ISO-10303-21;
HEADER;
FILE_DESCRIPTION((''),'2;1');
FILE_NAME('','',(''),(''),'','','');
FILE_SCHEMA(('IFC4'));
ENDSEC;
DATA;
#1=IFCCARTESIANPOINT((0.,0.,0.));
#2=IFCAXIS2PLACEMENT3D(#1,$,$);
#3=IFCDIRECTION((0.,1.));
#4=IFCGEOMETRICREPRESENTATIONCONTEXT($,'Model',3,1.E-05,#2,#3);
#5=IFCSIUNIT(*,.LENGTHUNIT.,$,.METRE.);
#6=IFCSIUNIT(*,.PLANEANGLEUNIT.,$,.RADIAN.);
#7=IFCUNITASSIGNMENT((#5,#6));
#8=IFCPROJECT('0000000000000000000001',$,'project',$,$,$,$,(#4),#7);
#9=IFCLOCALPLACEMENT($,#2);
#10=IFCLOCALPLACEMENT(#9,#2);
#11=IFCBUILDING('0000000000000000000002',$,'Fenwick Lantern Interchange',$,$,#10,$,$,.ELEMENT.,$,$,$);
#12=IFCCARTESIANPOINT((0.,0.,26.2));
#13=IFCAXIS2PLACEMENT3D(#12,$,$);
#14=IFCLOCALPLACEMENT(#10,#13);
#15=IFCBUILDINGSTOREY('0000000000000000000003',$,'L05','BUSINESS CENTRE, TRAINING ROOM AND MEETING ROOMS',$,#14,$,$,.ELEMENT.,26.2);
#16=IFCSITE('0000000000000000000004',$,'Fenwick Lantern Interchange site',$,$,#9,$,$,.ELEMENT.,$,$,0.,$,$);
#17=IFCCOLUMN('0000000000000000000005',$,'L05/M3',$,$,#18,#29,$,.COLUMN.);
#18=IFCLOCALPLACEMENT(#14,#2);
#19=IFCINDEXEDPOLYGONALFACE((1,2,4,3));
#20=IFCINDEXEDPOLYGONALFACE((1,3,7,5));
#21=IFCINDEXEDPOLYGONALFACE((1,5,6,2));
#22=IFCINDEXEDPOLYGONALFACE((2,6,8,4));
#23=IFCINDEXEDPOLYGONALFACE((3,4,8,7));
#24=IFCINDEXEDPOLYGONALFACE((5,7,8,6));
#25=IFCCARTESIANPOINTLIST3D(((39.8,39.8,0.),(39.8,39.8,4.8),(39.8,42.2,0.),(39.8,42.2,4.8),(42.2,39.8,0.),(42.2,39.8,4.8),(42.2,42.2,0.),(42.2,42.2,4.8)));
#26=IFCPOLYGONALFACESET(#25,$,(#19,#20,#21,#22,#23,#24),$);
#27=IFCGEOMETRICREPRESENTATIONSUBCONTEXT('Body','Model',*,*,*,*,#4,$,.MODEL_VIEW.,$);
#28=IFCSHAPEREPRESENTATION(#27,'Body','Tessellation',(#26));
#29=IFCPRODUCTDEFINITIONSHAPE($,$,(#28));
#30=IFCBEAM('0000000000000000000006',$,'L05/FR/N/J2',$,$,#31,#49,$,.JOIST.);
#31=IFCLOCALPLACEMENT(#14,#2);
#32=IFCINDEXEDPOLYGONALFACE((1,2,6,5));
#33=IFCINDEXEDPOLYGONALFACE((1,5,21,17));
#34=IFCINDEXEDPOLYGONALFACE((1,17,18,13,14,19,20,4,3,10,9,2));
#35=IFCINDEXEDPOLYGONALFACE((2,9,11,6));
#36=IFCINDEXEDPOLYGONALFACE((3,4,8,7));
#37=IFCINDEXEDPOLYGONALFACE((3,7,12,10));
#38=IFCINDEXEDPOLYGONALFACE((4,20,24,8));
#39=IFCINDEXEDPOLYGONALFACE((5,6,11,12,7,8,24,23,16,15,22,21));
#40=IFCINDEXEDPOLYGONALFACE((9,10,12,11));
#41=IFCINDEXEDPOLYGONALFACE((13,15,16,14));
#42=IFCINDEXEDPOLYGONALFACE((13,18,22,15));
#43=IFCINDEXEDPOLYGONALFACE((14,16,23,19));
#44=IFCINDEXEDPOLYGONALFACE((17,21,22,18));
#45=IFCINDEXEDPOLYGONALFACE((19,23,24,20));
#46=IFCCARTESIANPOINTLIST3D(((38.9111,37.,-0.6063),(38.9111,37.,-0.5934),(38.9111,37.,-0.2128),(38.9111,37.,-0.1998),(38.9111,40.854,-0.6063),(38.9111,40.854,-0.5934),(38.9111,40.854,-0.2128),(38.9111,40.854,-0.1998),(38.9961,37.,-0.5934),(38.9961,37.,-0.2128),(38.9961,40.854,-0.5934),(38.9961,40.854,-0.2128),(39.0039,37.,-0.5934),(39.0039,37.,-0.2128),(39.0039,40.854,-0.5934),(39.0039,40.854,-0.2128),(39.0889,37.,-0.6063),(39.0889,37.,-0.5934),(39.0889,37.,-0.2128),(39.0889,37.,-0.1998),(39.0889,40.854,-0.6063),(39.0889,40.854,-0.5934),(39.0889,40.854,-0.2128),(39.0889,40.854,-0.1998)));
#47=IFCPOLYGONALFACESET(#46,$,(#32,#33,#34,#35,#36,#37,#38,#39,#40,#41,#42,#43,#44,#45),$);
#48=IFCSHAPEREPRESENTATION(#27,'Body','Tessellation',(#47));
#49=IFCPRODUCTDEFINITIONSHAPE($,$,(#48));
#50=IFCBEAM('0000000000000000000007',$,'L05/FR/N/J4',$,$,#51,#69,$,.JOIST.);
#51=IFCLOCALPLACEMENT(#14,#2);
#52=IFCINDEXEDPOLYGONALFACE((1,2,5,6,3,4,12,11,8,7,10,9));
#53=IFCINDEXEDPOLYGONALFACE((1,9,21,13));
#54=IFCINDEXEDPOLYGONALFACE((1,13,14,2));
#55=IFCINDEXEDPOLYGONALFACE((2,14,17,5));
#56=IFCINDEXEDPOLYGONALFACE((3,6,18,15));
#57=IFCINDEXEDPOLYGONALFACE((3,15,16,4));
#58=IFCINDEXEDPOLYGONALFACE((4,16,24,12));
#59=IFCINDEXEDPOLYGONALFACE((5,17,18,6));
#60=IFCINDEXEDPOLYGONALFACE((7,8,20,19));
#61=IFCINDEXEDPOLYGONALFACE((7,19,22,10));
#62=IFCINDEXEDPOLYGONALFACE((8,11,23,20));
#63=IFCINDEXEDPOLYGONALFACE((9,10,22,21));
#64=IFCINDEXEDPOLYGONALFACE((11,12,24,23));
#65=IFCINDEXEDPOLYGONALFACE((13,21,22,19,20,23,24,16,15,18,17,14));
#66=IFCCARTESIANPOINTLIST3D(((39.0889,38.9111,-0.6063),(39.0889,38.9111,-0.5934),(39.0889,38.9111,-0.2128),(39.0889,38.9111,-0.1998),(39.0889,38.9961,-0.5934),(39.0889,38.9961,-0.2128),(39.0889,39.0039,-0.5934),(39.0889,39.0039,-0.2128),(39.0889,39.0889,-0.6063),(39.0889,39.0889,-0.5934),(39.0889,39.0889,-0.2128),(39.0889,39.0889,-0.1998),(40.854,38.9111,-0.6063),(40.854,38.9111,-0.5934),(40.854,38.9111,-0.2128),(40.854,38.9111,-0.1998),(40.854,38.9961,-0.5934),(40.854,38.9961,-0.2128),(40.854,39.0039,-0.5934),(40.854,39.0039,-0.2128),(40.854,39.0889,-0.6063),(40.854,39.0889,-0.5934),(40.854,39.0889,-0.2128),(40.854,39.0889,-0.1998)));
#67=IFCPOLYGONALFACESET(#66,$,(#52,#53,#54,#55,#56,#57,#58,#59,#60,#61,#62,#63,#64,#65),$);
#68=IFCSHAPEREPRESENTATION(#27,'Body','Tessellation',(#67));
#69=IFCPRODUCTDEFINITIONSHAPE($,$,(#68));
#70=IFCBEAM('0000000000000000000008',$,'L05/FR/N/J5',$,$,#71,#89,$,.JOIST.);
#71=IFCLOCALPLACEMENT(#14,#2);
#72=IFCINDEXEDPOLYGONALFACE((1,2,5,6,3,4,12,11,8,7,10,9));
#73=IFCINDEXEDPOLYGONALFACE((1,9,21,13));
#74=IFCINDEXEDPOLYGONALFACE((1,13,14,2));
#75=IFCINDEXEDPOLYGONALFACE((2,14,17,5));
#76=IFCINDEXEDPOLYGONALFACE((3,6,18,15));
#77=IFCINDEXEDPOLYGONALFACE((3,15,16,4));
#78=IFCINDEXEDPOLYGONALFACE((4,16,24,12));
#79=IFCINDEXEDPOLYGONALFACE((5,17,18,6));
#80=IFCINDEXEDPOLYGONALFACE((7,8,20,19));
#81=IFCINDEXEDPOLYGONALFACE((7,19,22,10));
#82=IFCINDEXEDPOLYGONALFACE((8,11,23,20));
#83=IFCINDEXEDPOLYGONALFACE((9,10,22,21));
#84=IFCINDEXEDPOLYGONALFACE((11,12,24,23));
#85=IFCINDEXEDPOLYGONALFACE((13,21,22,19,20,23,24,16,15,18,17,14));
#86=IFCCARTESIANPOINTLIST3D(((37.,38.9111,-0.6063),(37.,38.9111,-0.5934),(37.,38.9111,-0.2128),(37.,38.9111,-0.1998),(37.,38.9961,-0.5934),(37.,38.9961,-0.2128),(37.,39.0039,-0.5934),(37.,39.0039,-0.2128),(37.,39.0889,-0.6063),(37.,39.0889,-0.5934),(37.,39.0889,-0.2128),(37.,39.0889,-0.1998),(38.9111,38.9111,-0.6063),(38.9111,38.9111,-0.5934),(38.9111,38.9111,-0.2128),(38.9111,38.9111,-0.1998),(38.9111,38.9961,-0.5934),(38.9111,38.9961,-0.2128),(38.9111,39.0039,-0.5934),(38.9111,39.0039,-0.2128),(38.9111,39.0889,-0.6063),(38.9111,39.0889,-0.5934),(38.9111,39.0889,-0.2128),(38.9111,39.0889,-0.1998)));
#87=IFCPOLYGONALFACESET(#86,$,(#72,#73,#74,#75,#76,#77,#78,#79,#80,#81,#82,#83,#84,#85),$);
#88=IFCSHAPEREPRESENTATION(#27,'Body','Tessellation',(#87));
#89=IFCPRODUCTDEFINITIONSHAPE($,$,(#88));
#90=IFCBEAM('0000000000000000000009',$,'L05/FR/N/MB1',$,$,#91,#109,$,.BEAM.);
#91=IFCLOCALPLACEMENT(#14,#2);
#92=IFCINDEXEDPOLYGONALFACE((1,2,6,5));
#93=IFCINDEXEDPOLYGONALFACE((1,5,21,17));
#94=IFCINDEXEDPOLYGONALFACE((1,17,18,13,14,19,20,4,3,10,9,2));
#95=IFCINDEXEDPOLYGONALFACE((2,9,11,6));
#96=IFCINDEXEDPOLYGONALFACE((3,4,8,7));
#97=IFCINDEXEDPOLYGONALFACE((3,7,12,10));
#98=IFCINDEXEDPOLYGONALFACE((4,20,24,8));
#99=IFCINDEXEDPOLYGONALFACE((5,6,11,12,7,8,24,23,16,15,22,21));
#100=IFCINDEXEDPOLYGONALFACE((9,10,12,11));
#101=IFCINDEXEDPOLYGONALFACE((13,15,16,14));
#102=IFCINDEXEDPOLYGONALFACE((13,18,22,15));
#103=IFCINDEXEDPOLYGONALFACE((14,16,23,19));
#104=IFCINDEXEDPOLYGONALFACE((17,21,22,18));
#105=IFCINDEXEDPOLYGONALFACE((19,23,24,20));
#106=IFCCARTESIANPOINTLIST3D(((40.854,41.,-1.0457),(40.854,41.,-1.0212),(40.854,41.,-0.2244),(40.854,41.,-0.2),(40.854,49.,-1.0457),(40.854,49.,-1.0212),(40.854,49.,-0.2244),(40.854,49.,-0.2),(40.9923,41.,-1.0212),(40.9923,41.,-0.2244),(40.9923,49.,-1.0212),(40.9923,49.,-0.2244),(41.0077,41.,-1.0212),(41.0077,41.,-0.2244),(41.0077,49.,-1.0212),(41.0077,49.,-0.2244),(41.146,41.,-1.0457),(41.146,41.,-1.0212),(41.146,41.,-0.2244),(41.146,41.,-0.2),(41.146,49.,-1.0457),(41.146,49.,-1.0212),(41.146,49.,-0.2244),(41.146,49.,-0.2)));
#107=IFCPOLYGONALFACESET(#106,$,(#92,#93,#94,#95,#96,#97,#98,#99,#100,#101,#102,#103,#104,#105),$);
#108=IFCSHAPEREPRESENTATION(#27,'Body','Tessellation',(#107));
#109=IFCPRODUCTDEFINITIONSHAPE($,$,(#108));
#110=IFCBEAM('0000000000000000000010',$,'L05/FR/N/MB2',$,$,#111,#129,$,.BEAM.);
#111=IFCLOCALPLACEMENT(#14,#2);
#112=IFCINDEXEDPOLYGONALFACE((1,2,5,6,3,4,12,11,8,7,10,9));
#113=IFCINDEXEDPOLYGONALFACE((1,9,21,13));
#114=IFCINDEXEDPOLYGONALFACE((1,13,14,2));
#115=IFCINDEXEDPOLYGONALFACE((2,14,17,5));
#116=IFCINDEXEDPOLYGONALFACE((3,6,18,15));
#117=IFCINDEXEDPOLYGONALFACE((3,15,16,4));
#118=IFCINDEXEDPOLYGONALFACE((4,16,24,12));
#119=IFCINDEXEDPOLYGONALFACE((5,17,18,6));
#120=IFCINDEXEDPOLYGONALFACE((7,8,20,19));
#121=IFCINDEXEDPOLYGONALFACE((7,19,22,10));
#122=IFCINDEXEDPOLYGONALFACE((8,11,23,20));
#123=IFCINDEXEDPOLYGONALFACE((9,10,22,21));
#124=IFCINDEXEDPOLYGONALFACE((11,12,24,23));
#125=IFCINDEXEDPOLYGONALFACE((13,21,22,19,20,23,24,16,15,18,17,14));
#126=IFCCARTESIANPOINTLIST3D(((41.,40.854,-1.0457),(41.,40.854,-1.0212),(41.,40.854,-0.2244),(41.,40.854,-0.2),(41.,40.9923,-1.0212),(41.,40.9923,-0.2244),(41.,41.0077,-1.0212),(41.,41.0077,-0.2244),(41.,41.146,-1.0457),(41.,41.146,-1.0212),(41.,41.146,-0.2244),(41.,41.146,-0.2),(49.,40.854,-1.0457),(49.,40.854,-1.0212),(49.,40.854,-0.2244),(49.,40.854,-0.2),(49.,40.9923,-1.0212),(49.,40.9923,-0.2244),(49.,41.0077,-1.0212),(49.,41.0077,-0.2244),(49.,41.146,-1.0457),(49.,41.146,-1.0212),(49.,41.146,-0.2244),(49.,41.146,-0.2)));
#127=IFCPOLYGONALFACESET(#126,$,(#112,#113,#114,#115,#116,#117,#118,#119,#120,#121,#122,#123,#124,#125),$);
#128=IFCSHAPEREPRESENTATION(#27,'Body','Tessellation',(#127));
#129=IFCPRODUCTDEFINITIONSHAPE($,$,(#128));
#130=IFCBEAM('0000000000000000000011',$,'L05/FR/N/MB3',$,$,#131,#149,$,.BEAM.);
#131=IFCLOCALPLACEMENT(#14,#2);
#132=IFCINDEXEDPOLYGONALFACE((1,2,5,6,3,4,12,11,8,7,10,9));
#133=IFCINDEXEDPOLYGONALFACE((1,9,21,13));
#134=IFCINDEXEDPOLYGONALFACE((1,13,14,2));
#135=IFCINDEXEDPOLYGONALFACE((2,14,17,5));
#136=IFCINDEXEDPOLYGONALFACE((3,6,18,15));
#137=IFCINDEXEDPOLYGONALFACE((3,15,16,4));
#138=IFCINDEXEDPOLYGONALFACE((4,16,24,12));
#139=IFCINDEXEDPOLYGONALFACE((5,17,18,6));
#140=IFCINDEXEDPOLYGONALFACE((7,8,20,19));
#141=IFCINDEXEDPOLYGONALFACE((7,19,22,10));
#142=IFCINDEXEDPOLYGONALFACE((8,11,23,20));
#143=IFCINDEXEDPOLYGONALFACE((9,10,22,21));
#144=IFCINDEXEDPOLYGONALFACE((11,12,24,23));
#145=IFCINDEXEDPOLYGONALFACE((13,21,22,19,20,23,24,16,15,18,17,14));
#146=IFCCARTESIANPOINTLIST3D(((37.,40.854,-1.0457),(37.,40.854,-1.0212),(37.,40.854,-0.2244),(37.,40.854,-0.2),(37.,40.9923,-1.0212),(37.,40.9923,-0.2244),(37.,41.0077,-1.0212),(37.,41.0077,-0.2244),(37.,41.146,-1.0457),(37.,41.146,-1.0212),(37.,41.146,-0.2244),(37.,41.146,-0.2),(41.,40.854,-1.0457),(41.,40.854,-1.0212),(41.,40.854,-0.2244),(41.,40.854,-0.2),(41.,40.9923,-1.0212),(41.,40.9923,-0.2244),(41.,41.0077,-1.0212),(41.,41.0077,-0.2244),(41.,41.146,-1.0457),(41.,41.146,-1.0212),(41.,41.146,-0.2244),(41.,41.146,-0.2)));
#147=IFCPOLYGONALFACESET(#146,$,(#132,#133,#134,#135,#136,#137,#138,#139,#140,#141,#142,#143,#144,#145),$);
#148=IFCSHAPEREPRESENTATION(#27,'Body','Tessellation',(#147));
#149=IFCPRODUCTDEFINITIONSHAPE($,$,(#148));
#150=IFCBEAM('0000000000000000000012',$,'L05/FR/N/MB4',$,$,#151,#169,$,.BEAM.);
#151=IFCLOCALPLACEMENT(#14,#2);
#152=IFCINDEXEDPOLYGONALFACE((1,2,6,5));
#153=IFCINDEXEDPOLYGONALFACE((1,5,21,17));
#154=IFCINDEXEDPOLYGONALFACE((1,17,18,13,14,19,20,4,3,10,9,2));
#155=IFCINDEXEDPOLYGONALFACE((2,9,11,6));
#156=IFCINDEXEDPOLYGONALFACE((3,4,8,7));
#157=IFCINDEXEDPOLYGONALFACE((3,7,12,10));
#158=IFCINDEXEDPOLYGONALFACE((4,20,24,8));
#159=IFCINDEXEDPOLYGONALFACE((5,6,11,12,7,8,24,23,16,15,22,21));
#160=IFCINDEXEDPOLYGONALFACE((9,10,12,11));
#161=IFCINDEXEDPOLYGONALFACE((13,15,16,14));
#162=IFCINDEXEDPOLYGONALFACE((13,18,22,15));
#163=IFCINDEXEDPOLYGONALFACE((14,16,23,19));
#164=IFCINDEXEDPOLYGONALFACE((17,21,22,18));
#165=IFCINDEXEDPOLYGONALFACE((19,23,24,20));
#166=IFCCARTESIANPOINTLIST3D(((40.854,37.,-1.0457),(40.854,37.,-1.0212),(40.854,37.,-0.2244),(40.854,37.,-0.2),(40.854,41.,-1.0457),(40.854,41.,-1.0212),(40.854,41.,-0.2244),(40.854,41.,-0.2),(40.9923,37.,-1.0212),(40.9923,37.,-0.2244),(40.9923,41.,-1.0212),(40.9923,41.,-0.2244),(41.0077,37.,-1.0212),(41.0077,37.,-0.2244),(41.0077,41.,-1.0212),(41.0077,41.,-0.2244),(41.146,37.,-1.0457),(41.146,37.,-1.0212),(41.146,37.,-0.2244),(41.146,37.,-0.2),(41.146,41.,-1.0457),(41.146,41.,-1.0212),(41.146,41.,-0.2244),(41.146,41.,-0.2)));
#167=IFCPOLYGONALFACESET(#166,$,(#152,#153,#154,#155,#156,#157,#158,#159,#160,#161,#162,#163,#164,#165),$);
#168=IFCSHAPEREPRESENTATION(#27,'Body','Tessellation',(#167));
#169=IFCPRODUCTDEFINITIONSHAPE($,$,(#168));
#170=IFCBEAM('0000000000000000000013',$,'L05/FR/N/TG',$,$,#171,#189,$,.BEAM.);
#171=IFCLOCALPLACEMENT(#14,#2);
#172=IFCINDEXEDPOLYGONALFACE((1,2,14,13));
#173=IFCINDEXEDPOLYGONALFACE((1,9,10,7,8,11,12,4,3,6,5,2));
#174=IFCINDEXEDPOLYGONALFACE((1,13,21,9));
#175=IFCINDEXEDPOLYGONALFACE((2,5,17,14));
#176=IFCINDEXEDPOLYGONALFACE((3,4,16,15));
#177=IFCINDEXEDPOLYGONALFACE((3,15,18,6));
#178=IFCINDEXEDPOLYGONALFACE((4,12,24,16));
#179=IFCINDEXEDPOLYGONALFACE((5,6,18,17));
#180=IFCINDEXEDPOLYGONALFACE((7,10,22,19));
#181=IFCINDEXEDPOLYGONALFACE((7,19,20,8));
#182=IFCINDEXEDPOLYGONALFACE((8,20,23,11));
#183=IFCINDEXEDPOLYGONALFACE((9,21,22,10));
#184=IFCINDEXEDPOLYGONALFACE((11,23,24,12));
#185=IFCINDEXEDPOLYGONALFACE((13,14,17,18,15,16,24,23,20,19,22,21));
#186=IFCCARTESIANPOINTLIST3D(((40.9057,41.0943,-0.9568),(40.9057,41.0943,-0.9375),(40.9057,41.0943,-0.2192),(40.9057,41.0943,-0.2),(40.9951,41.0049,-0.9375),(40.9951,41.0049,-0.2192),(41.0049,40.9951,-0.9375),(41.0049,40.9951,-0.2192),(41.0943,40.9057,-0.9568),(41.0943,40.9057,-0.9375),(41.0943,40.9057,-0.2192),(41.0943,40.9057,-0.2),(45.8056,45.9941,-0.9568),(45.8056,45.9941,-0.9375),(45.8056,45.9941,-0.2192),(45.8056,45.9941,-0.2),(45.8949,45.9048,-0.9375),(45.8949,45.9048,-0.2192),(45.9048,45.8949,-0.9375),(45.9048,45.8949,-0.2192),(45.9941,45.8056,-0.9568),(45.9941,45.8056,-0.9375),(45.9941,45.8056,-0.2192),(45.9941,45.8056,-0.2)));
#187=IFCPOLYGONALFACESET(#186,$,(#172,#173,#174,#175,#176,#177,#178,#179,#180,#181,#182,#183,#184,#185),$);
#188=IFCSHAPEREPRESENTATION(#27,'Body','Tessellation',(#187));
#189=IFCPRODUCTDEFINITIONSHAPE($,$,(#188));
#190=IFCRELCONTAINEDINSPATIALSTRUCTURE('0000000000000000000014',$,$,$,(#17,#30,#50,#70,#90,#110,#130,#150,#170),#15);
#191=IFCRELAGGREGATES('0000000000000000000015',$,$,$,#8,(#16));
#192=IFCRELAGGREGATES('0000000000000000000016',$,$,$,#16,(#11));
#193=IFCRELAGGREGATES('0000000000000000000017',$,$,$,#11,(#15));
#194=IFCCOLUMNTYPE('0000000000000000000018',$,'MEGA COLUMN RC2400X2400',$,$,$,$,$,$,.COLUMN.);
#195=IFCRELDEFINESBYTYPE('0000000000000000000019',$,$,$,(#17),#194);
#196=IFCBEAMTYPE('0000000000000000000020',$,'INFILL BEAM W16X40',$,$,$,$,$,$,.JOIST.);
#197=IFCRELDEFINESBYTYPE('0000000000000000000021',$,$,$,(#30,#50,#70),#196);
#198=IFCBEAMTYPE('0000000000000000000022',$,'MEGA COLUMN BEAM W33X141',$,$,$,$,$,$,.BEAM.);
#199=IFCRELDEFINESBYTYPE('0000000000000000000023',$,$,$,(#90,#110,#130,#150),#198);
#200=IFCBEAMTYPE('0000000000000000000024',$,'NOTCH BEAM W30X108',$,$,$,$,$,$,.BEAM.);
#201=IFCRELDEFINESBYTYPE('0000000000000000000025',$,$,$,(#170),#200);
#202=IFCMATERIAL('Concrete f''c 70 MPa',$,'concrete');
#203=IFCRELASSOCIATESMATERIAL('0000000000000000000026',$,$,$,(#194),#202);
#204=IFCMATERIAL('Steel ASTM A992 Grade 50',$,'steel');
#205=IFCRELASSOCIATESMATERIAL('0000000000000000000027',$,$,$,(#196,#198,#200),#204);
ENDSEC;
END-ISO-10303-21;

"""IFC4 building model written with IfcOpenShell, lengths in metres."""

from ifc_helpers import new_model, si_unit, direction, frame, origin, origin_2d, place, context, subcontext, project, spatial, rectangle, i_section, extrude, material, material_profile, profile_set, type_object, element, save


model = new_model("IFC4")

# Units and contexts
model_context = context("Model", 3, precision=1e-05, world=origin(), true_north=direction((0.0, 1.0)))
body_context = subcontext(model_context, "Body", "Model", "MODEL_VIEW")
ifc_project = project(units=[si_unit("LENGTHUNIT", "METRE"), si_unit("PLANEANGLEUNIT", "RADIAN")], contexts=[model_context])

# Site, building, storey
site_placement = place(None, origin())
site = spatial("IfcSite", under=ifc_project, at=site_placement, Name="Fenwick Lantern Interchange site", CompositionType="ELEMENT", RefElevation=0.0)
building_placement = place(site_placement, origin())
building = spatial("IfcBuilding", under=site, at=building_placement, Name="Fenwick Lantern Interchange", CompositionType="ELEMENT")
storey_placement = place(building_placement, frame((0.0, 0.0, 26.2)))
storey = spatial("IfcBuildingStorey", under=building, at=storey_placement, Name="L05", Description="BUSINESS CENTRE, TRAINING ROOM AND MEETING ROOMS", CompositionType="ELEMENT", Elevation=26.2)

# Column
ifc_material_1 = material(Name="Concrete f'c 70 MPa", Category="concrete")
ifc_material_profile_1 = material_profile(ifc_material_1, rectangle(XDim=2.3999, YDim=2.3999, at=origin_2d()), Name="RC2400X2400")
ifc_profile_set_1 = profile_set([ifc_material_profile_1], Name="Concrete f'c 70 MPa")
column_type = type_object("IfcColumnType", Name="MEGA COLUMN RC2400X2400", PredefinedType="COLUMN", material=ifc_profile_set_1)
column_placement = place(storey_placement, frame((41.0, 41.0, 0.0), z_axis=(0.0, 0.0, 1.0), x_axis=(1.0, 0.0, 0.0)))
element("IfcColumn", 1, at=column_placement, inside=storey, type_object=column_type, Name="L05/M3", PredefinedType="COLUMN", context=body_context, shape_type="SweptSolid", body=[
    extrude(rectangle(XDim=2.3999, YDim=2.3999, at=origin_2d()), origin(), (0.0, 0.0, 1.0), 4.8),
])

# Beams
ifc_material_2 = material(Name="Steel ASTM A992 Grade 50", Category="steel")
ifc_material_profile_2 = material_profile(ifc_material_2, i_section(OverallWidth=0.1777, OverallDepth=0.4065, WebThickness=0.0078, FlangeThickness=0.0129, at=origin_2d()), Name="W16X40")
ifc_profile_set_2 = profile_set([ifc_material_profile_2], Name="Steel ASTM A992 Grade 50")
beam_type_1 = type_object("IfcBeamType", Name="INFILL BEAM W16X40", PredefinedType="JOIST", material=ifc_profile_set_2)
beam_1_placement = place(storey_placement, frame((39.0, 40.854, -0.4031), z_axis=(0.0, -1.0, 0.0), x_axis=(1.0, 0.0, 0.0)))
element("IfcBeam", 2, at=beam_1_placement, inside=storey, type_object=beam_type_1, Name="L05/FR/N/J2", PredefinedType="JOIST", context=body_context, shape_type="SweptSolid", body=[
    extrude(i_section(OverallWidth=0.1777, OverallDepth=0.4065, WebThickness=0.0078, FlangeThickness=0.0129, at=origin_2d()), origin(), (0.0, 0.0, 1.0), 3.854),
])
beam_2_placement = place(storey_placement, frame((40.854, 39.0, -0.4031), z_axis=(-1.0, 0.0, 0.0), x_axis=(0.0, -1.0, 0.0)))
element("IfcBeam", 3, at=beam_2_placement, inside=storey, type_object=beam_type_1, Name="L05/FR/N/J4", PredefinedType="JOIST", context=body_context, shape_type="SweptSolid", body=[
    extrude(i_section(OverallWidth=0.1777, OverallDepth=0.4065, WebThickness=0.0078, FlangeThickness=0.0129, at=origin_2d()), origin(), (0.0, 0.0, 1.0), 1.7651),
])
beam_3_placement = place(storey_placement, frame((38.9111, 39.0, -0.4031), z_axis=(-1.0, 0.0, 0.0), x_axis=(0.0, -1.0, 0.0)))
element("IfcBeam", 4, at=beam_3_placement, inside=storey, type_object=beam_type_1, Name="L05/FR/N/J5", PredefinedType="JOIST", context=body_context, shape_type="SweptSolid", body=[
    extrude(i_section(OverallWidth=0.1777, OverallDepth=0.4065, WebThickness=0.0078, FlangeThickness=0.0129, at=origin_2d()), origin(), (0.0, 0.0, 1.0), 1.9111),
])
ifc_material_profile_3 = material_profile(ifc_material_2, i_section(OverallWidth=0.292, OverallDepth=0.8457, WebThickness=0.0154, FlangeThickness=0.0244, at=origin_2d()), Name="W33X141")
ifc_profile_set_3 = profile_set([ifc_material_profile_3], Name="Steel ASTM A992 Grade 50")
beam_type_2 = type_object("IfcBeamType", Name="MEGA COLUMN BEAM W33X141", PredefinedType="BEAM", material=ifc_profile_set_3)
for number, where, z_axis, x_axis, name in (
    (5, (41.0, 41.0, -0.6228), (0.0, 1.0, 0.0), (-1.0, 0.0, 0.0), "L05/FR/N/MB1"),
    (6, (41.0, 41.0, -0.6228), (1.0, 0.0, 0.0), (0.0, 1.0, 0.0), "L05/FR/N/MB2"),
):
    element("IfcBeam", number, at=place(storey_placement, frame(where, z_axis=z_axis, x_axis=x_axis)), inside=storey, type_object=beam_type_2, Name=name, PredefinedType="BEAM", context=body_context, shape_type="SweptSolid", body=[
        extrude(i_section(OverallWidth=0.292, OverallDepth=0.8457, WebThickness=0.0154, FlangeThickness=0.0244, at=origin_2d()), origin(), (0.0, 0.0, 1.0), 8.0),
    ])
for number, where, z_axis, x_axis, name in (
    (7, (41.0, 41.0, -0.6228), (-1.0, 0.0, 0.0), (0.0, -1.0, 0.0), "L05/FR/N/MB3"),
    (8, (41.0, 41.0, -0.6228), (0.0, -1.0, 0.0), (1.0, 0.0, 0.0), "L05/FR/N/MB4"),
):
    element("IfcBeam", number, at=place(storey_placement, frame(where, z_axis=z_axis, x_axis=x_axis)), inside=storey, type_object=beam_type_2, Name=name, PredefinedType="BEAM", context=body_context, shape_type="SweptSolid", body=[
        extrude(i_section(OverallWidth=0.292, OverallDepth=0.8457, WebThickness=0.0154, FlangeThickness=0.0244, at=origin_2d()), origin(), (0.0, 0.0, 1.0), 4.0),
    ])
ifc_material_profile_4 = material_profile(ifc_material_2, i_section(OverallWidth=0.2666, OverallDepth=0.7568, WebThickness=0.0139, FlangeThickness=0.0193, at=origin_2d()), Name="W30X108")
ifc_profile_set_4 = profile_set([ifc_material_profile_4], Name="Steel ASTM A992 Grade 50")
beam_type_3 = type_object("IfcBeamType", Name="NOTCH BEAM W30X108", PredefinedType="BEAM", material=ifc_profile_set_4)
beam_4_placement = place(storey_placement, frame((41.0, 41.0, -0.5784), z_axis=(0.707107, 0.707107, 0.0), x_axis=(-0.707107, 0.707107, 0.0)))
element("IfcBeam", 9, at=beam_4_placement, inside=storey, type_object=beam_type_3, Name="L05/FR/N/TG", PredefinedType="BEAM", context=body_context, shape_type="SweptSolid", body=[
    extrude(i_section(OverallWidth=0.2666, OverallDepth=0.7568, WebThickness=0.0139, FlangeThickness=0.0193, at=origin_2d()), origin(), (0.0, 0.0, 1.0), 6.9294),
])

save(model, "model.ifc")
